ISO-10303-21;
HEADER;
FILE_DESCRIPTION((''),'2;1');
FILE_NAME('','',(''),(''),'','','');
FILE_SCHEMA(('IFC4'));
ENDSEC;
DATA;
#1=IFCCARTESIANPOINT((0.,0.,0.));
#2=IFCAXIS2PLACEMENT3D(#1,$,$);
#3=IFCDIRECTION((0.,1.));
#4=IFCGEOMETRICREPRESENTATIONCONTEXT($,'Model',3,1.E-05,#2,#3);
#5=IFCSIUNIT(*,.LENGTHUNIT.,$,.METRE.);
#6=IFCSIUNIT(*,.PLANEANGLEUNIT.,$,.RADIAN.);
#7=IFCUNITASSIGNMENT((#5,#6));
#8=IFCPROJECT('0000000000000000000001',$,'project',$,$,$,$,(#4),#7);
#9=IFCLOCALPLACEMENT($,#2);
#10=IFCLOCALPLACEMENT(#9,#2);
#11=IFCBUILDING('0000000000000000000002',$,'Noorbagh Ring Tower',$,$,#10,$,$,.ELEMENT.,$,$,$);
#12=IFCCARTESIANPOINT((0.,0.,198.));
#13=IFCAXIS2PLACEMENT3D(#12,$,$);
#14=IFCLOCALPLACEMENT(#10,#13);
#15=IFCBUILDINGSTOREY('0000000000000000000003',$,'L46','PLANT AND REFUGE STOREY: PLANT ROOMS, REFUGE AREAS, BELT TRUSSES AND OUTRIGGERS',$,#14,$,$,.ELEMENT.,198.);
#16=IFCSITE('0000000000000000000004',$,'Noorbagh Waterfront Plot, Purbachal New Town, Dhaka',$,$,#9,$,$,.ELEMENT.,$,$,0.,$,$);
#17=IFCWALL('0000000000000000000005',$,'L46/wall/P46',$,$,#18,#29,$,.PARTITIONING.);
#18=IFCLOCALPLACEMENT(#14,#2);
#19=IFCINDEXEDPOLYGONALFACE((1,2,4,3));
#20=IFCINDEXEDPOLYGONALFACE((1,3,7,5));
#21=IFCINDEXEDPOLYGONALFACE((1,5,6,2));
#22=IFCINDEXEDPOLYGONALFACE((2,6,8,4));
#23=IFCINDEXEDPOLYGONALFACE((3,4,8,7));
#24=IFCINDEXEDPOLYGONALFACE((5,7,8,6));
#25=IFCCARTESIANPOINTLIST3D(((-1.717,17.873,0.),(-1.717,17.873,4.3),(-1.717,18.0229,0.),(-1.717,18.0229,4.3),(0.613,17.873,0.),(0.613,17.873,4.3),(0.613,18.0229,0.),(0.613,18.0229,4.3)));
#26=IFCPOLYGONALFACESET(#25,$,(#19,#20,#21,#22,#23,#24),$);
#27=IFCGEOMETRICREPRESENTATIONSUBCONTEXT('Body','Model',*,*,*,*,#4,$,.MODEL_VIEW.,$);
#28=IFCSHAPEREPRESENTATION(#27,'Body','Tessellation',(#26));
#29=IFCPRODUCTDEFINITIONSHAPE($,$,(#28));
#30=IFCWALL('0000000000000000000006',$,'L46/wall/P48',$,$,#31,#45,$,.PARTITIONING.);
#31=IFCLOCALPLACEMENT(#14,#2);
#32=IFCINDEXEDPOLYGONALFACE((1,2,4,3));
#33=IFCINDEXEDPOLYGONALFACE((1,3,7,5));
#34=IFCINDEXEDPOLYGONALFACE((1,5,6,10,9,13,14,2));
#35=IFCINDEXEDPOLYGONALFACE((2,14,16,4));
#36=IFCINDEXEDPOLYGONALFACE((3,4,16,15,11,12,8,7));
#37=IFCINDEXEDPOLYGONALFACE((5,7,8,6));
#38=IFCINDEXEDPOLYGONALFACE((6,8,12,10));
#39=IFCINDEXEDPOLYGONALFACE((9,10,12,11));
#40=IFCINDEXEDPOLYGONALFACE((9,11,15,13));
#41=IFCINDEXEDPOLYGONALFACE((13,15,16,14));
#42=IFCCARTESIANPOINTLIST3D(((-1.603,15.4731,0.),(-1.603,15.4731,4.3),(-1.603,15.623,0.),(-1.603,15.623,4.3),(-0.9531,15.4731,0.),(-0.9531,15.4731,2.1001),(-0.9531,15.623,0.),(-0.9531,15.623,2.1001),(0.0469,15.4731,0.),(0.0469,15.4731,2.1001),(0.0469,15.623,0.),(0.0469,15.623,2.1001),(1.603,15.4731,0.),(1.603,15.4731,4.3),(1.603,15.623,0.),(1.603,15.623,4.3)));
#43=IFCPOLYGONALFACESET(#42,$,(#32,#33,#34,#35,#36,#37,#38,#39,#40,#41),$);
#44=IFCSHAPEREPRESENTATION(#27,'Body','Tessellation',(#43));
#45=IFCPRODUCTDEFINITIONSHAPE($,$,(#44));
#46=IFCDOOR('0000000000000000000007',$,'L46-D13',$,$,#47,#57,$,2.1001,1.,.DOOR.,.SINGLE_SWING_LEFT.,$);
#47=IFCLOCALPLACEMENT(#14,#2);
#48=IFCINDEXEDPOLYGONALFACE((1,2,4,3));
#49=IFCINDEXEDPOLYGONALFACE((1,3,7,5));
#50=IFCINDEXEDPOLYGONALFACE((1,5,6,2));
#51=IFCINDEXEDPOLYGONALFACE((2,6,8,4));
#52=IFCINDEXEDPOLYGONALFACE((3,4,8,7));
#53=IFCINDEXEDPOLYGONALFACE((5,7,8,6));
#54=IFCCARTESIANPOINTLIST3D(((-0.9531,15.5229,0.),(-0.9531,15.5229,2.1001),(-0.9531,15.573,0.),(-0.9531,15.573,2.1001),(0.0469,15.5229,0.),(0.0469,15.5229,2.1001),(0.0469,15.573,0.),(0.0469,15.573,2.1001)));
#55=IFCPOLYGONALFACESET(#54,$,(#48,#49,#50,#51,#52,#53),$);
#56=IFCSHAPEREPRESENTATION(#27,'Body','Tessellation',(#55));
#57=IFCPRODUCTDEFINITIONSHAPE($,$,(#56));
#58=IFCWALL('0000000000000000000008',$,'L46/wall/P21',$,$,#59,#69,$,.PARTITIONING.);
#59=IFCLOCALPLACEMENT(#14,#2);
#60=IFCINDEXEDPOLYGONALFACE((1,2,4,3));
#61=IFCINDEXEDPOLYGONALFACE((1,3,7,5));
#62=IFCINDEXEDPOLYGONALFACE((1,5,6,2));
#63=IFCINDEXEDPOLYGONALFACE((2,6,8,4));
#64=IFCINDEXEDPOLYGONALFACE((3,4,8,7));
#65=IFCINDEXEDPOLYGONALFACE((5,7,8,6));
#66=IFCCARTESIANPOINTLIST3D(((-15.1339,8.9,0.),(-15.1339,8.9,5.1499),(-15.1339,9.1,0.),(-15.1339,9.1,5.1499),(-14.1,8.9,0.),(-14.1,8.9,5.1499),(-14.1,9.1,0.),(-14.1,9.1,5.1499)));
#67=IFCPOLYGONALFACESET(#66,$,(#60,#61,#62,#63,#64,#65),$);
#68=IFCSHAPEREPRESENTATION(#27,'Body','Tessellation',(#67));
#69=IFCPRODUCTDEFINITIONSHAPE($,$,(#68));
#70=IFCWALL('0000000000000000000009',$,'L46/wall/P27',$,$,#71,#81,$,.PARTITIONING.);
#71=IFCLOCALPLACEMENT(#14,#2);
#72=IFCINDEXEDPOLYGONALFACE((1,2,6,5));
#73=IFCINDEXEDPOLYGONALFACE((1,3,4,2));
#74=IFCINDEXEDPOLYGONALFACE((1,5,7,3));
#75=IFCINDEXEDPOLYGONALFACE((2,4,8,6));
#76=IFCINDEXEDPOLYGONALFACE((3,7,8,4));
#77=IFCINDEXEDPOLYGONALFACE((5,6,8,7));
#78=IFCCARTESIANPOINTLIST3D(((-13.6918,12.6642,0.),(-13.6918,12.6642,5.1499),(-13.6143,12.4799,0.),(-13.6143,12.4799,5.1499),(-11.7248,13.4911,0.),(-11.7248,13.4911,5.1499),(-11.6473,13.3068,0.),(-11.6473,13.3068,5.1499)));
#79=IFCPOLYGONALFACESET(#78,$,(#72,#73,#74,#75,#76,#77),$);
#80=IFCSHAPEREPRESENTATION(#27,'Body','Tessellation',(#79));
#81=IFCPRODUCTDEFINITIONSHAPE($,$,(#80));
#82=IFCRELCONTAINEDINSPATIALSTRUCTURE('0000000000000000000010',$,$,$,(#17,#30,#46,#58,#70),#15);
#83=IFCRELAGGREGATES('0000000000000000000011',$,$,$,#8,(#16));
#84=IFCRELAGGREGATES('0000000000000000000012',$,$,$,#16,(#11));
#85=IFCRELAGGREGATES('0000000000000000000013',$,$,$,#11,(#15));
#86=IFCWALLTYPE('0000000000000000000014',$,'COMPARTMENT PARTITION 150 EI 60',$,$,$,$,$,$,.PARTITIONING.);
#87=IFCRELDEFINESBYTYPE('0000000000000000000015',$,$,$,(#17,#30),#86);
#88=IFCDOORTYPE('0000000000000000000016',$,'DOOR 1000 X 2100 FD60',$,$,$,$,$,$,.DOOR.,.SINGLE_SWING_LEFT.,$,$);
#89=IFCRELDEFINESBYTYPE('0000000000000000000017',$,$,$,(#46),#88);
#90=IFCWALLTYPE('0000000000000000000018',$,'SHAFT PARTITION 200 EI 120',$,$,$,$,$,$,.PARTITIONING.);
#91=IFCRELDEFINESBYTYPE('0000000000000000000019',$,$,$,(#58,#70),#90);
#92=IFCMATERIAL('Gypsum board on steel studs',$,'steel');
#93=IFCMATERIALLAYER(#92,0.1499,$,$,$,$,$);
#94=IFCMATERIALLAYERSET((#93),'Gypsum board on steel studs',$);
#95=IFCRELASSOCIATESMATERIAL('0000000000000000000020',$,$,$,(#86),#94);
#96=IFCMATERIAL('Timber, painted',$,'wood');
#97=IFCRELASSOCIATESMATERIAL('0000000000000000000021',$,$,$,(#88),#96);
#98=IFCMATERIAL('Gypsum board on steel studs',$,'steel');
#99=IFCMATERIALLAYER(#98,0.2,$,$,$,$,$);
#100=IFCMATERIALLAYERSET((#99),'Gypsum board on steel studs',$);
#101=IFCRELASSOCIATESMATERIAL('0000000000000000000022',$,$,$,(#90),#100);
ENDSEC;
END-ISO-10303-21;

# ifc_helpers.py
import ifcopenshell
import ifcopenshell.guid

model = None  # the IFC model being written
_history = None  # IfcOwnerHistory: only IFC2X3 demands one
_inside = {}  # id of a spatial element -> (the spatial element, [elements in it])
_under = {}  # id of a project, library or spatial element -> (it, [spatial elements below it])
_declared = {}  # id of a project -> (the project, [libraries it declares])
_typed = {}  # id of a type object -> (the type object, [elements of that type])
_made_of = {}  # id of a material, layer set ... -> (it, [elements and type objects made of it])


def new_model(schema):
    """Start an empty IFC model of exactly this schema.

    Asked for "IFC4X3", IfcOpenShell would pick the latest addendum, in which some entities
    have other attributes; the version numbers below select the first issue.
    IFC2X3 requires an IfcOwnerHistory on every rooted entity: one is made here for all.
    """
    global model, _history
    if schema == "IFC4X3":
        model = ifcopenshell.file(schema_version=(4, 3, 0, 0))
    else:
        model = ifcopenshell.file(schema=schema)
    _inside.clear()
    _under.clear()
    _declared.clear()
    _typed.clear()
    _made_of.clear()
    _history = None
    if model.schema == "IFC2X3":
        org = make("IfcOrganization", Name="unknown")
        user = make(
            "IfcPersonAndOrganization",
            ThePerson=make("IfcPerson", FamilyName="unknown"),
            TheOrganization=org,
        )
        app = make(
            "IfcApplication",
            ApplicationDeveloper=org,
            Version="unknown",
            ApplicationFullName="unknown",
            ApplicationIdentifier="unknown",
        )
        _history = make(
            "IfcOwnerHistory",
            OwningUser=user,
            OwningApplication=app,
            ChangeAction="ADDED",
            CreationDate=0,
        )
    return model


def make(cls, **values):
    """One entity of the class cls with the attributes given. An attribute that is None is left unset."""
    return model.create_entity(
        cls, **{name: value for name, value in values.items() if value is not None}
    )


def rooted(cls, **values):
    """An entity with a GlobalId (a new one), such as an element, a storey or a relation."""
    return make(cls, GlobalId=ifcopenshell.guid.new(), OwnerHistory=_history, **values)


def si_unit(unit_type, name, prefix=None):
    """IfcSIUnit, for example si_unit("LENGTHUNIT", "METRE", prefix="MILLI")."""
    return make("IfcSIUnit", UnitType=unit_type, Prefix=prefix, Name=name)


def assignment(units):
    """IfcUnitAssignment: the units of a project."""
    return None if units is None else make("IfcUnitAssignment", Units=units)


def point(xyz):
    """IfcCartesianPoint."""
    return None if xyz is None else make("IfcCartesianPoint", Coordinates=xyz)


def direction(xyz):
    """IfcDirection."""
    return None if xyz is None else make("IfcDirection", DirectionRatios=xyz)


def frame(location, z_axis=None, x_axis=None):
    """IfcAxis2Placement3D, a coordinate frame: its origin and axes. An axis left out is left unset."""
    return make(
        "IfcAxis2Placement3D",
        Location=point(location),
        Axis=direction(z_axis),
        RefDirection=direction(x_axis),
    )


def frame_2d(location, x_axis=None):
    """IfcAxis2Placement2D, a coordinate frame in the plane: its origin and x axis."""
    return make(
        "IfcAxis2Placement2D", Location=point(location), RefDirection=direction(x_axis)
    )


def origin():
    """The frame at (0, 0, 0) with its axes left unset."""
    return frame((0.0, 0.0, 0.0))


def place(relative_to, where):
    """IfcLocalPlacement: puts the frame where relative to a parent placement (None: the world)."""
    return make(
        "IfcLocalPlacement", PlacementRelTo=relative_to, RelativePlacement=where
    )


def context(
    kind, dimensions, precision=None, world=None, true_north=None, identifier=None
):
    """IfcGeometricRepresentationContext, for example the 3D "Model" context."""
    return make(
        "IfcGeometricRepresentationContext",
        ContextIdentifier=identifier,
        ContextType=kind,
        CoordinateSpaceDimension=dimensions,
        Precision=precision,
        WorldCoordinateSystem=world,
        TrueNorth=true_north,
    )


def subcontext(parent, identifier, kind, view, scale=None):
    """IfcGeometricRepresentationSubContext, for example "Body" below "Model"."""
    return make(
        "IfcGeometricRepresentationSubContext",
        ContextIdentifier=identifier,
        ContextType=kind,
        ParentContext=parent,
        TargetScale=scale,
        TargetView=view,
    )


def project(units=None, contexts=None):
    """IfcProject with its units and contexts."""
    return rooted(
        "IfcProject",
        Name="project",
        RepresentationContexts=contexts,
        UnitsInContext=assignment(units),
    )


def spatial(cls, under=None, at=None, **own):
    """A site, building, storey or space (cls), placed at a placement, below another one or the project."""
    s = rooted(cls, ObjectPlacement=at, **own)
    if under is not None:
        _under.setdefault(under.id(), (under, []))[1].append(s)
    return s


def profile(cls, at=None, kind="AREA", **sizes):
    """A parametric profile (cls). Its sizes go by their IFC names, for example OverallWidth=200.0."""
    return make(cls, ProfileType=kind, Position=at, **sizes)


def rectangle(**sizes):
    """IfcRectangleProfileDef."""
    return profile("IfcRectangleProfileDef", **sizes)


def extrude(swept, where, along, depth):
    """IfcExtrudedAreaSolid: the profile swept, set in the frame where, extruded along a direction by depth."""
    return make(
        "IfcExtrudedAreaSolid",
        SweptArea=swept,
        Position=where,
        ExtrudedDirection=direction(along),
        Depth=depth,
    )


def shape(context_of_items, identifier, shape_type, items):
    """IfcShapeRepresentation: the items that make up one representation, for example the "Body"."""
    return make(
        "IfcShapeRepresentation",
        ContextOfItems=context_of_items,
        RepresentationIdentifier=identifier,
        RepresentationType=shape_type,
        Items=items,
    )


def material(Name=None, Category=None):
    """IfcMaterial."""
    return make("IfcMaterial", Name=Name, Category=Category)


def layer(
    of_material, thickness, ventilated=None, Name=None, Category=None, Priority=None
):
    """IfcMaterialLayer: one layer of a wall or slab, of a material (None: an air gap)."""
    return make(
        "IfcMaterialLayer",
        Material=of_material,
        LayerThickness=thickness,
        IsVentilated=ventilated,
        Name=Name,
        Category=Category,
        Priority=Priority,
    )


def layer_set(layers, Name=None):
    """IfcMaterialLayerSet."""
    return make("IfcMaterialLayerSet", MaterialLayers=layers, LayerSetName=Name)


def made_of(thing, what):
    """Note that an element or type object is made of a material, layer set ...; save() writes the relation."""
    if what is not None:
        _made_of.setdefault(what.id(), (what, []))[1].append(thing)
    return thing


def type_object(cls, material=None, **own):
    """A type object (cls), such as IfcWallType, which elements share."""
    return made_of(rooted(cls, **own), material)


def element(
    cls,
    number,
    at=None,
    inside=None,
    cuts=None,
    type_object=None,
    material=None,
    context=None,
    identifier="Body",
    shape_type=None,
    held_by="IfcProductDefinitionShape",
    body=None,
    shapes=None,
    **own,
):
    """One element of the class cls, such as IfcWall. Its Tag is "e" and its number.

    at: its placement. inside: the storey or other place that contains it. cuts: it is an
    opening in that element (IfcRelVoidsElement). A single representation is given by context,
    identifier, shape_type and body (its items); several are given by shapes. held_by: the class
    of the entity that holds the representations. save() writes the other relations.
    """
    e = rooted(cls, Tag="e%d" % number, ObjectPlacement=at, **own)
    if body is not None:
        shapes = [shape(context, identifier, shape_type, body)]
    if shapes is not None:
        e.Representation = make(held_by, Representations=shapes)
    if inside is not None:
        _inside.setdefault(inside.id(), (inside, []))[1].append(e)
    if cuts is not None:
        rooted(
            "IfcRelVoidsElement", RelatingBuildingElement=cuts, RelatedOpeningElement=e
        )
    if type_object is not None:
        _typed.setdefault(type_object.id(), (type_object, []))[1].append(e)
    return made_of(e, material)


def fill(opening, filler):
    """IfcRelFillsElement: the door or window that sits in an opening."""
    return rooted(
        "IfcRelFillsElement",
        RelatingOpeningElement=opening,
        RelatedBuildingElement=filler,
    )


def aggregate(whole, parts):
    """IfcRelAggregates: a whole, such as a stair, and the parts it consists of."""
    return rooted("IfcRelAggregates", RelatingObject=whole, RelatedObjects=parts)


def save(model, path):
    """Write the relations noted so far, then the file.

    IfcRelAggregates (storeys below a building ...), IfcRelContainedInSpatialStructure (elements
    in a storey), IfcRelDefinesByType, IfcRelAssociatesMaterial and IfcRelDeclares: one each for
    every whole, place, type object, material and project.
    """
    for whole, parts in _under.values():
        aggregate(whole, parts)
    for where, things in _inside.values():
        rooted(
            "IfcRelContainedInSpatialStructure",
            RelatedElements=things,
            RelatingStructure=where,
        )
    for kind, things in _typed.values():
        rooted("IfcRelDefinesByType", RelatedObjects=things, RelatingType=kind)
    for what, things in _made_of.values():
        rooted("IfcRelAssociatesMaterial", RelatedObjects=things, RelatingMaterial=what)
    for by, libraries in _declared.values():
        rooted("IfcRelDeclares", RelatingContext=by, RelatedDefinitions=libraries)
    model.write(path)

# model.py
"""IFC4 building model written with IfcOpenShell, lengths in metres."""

from ifc_helpers import new_model, si_unit, direction, frame, frame_2d, origin, place, context, subcontext, project, spatial, rectangle, extrude, material, layer, layer_set, type_object, element, fill, save


model = new_model("IFC4")

# Units and contexts
model_context = context("Model", 3, precision=1e-05, world=origin(), true_north=direction((0.0, 1.0)))
body_context = subcontext(model_context, "Body", "Model", "MODEL_VIEW")
ifc_project = project(units=[si_unit("LENGTHUNIT", "METRE"), si_unit("PLANEANGLEUNIT", "RADIAN")], contexts=[model_context])

# Site, building, storey
site_placement = place(None, origin())
site = spatial("IfcSite", under=ifc_project, at=site_placement, Name="Noorbagh Waterfront Plot, Purbachal New Town, Dhaka", CompositionType="ELEMENT", RefElevation=0.0)
building_placement = place(site_placement, origin())
building = spatial("IfcBuilding", under=site, at=building_placement, Name="Noorbagh Ring Tower", CompositionType="ELEMENT")
storey_placement = place(building_placement, frame((0.0, 0.0, 198.0)))
storey = spatial("IfcBuildingStorey", under=building, at=storey_placement, Name="L46", Description="PLANT AND REFUGE STOREY: PLANT ROOMS, REFUGE AREAS, BELT TRUSSES AND OUTRIGGERS", CompositionType="ELEMENT", Elevation=198.0)

# Shared definitions
ifc_material_1 = material(Name="Gypsum board on steel studs", Category="steel")
ifc_layer_1 = layer(ifc_material_1, 0.1499)
ifc_layer_set_1 = layer_set([ifc_layer_1], Name="Gypsum board on steel studs")
wall_type_1 = type_object("IfcWallType", Name="COMPARTMENT PARTITION 150 EI 60", PredefinedType="PARTITIONING", material=ifc_layer_set_1)

# Wall
wall_1_placement = place(storey_placement, frame((-1.717, 17.948, 0.0), z_axis=(0.0, 0.0, 1.0), x_axis=(1.0, 0.0, 0.0)))
element("IfcWall", 1, at=wall_1_placement, inside=storey, type_object=wall_type_1, Name="L46/wall/P46", PredefinedType="PARTITIONING", context=body_context, shape_type="SweptSolid", body=[
    extrude(rectangle(XDim=2.3301, YDim=0.1499, at=frame_2d((1.165, 0.0))), origin(), (0.0, 0.0, 1.0), 4.3),
])

# Wall, opening, door
wall_2_placement = place(storey_placement, frame((-1.603, 15.5481, 0.0), z_axis=(0.0, 0.0, 1.0), x_axis=(1.0, 0.0, 0.0)))
wall_2 = element("IfcWall", 2, at=wall_2_placement, inside=storey, type_object=wall_type_1, Name="L46/wall/P48", PredefinedType="PARTITIONING", context=body_context, shape_type="SweptSolid", body=[
    extrude(rectangle(XDim=3.2061, YDim=0.1499, at=frame_2d((1.603, 0.0))), origin(), (0.0, 0.0, 1.0), 4.3),
])
opening_1_placement = place(wall_2_placement, frame((0.6499, 0.0, 0.0)))
opening_1 = element("IfcOpeningElement", 3, at=opening_1_placement, cuts=wall_2, PredefinedType="OPENING", context=body_context, shape_type="SweptSolid", body=[
    extrude(rectangle(XDim=1.0, YDim=2.1001, at=frame_2d((0.5, 1.05))), frame((0.0, 0.085, 0.0), z_axis=(0.0, -1.0, 0.0), x_axis=(1.0, 0.0, 0.0)), (0.0, 0.0, 1.0), 0.1699),
])
ifc_material_2 = material(Name="Timber, painted", Category="wood")
door_type_1 = type_object("IfcDoorType", Name="DOOR 1000 X 2100 FD60", OperationType="SINGLE_SWING_LEFT", PredefinedType="DOOR", material=ifc_material_2)
door_1_placement = place(opening_1_placement, origin())
door_1 = element("IfcDoor", 4, at=door_1_placement, inside=storey, type_object=door_type_1, Name="L46-D13", OperationType="SINGLE_SWING_LEFT", OverallHeight=2.1001, OverallWidth=1.0, PredefinedType="DOOR", context=body_context, shape_type="SweptSolid", body=[
    extrude(rectangle(XDim=1.0, YDim=2.1001, at=frame_2d((0.5, 1.05))), frame((0.0, 0.0249, 0.0), z_axis=(0.0, -1.0, 0.0), x_axis=(1.0, 0.0, 0.0)), (0.0, 0.0, 1.0), 0.05),
])
fill(opening_1, door_1)

# Walls
ifc_material_3 = material(Name="Gypsum board on steel studs", Category="steel")
ifc_layer_2 = layer(ifc_material_3, 0.2)
ifc_layer_set_2 = layer_set([ifc_layer_2], Name="Gypsum board on steel studs")
wall_type_2 = type_object("IfcWallType", Name="SHAFT PARTITION 200 EI 120", PredefinedType="PARTITIONING", material=ifc_layer_set_2)
wall_3_placement = place(storey_placement, frame((-15.134, 9.0, 0.0), z_axis=(0.0, 0.0, 1.0), x_axis=(1.0, 0.0, 0.0)))
element("IfcWall", 5, at=wall_3_placement, inside=storey, type_object=wall_type_2, Name="L46/wall/P21", PredefinedType="PARTITIONING", context=body_context, shape_type="SweptSolid", body=[
    extrude(rectangle(XDim=1.0339, YDim=0.2, at=frame_2d((0.5171, 0.0))), origin(), (0.0, 0.0, 1.0), 5.1499),
])
wall_4_placement = place(storey_placement, frame((-13.6531, 12.572, 0.0), z_axis=(0.0, 0.0, 1.0), x_axis=(0.921857, 0.38753, 0.0)))
element("IfcWall", 6, at=wall_4_placement, inside=storey, type_object=wall_type_2, Name="L46/wall/P27", PredefinedType="PARTITIONING", context=body_context, shape_type="SweptSolid", body=[
    extrude(rectangle(XDim=2.1338, YDim=0.2, at=frame_2d((1.0669, 0.0))), origin(), (0.0, 0.0, 1.0), 5.1499),
])

save(model, "model.ifc")
